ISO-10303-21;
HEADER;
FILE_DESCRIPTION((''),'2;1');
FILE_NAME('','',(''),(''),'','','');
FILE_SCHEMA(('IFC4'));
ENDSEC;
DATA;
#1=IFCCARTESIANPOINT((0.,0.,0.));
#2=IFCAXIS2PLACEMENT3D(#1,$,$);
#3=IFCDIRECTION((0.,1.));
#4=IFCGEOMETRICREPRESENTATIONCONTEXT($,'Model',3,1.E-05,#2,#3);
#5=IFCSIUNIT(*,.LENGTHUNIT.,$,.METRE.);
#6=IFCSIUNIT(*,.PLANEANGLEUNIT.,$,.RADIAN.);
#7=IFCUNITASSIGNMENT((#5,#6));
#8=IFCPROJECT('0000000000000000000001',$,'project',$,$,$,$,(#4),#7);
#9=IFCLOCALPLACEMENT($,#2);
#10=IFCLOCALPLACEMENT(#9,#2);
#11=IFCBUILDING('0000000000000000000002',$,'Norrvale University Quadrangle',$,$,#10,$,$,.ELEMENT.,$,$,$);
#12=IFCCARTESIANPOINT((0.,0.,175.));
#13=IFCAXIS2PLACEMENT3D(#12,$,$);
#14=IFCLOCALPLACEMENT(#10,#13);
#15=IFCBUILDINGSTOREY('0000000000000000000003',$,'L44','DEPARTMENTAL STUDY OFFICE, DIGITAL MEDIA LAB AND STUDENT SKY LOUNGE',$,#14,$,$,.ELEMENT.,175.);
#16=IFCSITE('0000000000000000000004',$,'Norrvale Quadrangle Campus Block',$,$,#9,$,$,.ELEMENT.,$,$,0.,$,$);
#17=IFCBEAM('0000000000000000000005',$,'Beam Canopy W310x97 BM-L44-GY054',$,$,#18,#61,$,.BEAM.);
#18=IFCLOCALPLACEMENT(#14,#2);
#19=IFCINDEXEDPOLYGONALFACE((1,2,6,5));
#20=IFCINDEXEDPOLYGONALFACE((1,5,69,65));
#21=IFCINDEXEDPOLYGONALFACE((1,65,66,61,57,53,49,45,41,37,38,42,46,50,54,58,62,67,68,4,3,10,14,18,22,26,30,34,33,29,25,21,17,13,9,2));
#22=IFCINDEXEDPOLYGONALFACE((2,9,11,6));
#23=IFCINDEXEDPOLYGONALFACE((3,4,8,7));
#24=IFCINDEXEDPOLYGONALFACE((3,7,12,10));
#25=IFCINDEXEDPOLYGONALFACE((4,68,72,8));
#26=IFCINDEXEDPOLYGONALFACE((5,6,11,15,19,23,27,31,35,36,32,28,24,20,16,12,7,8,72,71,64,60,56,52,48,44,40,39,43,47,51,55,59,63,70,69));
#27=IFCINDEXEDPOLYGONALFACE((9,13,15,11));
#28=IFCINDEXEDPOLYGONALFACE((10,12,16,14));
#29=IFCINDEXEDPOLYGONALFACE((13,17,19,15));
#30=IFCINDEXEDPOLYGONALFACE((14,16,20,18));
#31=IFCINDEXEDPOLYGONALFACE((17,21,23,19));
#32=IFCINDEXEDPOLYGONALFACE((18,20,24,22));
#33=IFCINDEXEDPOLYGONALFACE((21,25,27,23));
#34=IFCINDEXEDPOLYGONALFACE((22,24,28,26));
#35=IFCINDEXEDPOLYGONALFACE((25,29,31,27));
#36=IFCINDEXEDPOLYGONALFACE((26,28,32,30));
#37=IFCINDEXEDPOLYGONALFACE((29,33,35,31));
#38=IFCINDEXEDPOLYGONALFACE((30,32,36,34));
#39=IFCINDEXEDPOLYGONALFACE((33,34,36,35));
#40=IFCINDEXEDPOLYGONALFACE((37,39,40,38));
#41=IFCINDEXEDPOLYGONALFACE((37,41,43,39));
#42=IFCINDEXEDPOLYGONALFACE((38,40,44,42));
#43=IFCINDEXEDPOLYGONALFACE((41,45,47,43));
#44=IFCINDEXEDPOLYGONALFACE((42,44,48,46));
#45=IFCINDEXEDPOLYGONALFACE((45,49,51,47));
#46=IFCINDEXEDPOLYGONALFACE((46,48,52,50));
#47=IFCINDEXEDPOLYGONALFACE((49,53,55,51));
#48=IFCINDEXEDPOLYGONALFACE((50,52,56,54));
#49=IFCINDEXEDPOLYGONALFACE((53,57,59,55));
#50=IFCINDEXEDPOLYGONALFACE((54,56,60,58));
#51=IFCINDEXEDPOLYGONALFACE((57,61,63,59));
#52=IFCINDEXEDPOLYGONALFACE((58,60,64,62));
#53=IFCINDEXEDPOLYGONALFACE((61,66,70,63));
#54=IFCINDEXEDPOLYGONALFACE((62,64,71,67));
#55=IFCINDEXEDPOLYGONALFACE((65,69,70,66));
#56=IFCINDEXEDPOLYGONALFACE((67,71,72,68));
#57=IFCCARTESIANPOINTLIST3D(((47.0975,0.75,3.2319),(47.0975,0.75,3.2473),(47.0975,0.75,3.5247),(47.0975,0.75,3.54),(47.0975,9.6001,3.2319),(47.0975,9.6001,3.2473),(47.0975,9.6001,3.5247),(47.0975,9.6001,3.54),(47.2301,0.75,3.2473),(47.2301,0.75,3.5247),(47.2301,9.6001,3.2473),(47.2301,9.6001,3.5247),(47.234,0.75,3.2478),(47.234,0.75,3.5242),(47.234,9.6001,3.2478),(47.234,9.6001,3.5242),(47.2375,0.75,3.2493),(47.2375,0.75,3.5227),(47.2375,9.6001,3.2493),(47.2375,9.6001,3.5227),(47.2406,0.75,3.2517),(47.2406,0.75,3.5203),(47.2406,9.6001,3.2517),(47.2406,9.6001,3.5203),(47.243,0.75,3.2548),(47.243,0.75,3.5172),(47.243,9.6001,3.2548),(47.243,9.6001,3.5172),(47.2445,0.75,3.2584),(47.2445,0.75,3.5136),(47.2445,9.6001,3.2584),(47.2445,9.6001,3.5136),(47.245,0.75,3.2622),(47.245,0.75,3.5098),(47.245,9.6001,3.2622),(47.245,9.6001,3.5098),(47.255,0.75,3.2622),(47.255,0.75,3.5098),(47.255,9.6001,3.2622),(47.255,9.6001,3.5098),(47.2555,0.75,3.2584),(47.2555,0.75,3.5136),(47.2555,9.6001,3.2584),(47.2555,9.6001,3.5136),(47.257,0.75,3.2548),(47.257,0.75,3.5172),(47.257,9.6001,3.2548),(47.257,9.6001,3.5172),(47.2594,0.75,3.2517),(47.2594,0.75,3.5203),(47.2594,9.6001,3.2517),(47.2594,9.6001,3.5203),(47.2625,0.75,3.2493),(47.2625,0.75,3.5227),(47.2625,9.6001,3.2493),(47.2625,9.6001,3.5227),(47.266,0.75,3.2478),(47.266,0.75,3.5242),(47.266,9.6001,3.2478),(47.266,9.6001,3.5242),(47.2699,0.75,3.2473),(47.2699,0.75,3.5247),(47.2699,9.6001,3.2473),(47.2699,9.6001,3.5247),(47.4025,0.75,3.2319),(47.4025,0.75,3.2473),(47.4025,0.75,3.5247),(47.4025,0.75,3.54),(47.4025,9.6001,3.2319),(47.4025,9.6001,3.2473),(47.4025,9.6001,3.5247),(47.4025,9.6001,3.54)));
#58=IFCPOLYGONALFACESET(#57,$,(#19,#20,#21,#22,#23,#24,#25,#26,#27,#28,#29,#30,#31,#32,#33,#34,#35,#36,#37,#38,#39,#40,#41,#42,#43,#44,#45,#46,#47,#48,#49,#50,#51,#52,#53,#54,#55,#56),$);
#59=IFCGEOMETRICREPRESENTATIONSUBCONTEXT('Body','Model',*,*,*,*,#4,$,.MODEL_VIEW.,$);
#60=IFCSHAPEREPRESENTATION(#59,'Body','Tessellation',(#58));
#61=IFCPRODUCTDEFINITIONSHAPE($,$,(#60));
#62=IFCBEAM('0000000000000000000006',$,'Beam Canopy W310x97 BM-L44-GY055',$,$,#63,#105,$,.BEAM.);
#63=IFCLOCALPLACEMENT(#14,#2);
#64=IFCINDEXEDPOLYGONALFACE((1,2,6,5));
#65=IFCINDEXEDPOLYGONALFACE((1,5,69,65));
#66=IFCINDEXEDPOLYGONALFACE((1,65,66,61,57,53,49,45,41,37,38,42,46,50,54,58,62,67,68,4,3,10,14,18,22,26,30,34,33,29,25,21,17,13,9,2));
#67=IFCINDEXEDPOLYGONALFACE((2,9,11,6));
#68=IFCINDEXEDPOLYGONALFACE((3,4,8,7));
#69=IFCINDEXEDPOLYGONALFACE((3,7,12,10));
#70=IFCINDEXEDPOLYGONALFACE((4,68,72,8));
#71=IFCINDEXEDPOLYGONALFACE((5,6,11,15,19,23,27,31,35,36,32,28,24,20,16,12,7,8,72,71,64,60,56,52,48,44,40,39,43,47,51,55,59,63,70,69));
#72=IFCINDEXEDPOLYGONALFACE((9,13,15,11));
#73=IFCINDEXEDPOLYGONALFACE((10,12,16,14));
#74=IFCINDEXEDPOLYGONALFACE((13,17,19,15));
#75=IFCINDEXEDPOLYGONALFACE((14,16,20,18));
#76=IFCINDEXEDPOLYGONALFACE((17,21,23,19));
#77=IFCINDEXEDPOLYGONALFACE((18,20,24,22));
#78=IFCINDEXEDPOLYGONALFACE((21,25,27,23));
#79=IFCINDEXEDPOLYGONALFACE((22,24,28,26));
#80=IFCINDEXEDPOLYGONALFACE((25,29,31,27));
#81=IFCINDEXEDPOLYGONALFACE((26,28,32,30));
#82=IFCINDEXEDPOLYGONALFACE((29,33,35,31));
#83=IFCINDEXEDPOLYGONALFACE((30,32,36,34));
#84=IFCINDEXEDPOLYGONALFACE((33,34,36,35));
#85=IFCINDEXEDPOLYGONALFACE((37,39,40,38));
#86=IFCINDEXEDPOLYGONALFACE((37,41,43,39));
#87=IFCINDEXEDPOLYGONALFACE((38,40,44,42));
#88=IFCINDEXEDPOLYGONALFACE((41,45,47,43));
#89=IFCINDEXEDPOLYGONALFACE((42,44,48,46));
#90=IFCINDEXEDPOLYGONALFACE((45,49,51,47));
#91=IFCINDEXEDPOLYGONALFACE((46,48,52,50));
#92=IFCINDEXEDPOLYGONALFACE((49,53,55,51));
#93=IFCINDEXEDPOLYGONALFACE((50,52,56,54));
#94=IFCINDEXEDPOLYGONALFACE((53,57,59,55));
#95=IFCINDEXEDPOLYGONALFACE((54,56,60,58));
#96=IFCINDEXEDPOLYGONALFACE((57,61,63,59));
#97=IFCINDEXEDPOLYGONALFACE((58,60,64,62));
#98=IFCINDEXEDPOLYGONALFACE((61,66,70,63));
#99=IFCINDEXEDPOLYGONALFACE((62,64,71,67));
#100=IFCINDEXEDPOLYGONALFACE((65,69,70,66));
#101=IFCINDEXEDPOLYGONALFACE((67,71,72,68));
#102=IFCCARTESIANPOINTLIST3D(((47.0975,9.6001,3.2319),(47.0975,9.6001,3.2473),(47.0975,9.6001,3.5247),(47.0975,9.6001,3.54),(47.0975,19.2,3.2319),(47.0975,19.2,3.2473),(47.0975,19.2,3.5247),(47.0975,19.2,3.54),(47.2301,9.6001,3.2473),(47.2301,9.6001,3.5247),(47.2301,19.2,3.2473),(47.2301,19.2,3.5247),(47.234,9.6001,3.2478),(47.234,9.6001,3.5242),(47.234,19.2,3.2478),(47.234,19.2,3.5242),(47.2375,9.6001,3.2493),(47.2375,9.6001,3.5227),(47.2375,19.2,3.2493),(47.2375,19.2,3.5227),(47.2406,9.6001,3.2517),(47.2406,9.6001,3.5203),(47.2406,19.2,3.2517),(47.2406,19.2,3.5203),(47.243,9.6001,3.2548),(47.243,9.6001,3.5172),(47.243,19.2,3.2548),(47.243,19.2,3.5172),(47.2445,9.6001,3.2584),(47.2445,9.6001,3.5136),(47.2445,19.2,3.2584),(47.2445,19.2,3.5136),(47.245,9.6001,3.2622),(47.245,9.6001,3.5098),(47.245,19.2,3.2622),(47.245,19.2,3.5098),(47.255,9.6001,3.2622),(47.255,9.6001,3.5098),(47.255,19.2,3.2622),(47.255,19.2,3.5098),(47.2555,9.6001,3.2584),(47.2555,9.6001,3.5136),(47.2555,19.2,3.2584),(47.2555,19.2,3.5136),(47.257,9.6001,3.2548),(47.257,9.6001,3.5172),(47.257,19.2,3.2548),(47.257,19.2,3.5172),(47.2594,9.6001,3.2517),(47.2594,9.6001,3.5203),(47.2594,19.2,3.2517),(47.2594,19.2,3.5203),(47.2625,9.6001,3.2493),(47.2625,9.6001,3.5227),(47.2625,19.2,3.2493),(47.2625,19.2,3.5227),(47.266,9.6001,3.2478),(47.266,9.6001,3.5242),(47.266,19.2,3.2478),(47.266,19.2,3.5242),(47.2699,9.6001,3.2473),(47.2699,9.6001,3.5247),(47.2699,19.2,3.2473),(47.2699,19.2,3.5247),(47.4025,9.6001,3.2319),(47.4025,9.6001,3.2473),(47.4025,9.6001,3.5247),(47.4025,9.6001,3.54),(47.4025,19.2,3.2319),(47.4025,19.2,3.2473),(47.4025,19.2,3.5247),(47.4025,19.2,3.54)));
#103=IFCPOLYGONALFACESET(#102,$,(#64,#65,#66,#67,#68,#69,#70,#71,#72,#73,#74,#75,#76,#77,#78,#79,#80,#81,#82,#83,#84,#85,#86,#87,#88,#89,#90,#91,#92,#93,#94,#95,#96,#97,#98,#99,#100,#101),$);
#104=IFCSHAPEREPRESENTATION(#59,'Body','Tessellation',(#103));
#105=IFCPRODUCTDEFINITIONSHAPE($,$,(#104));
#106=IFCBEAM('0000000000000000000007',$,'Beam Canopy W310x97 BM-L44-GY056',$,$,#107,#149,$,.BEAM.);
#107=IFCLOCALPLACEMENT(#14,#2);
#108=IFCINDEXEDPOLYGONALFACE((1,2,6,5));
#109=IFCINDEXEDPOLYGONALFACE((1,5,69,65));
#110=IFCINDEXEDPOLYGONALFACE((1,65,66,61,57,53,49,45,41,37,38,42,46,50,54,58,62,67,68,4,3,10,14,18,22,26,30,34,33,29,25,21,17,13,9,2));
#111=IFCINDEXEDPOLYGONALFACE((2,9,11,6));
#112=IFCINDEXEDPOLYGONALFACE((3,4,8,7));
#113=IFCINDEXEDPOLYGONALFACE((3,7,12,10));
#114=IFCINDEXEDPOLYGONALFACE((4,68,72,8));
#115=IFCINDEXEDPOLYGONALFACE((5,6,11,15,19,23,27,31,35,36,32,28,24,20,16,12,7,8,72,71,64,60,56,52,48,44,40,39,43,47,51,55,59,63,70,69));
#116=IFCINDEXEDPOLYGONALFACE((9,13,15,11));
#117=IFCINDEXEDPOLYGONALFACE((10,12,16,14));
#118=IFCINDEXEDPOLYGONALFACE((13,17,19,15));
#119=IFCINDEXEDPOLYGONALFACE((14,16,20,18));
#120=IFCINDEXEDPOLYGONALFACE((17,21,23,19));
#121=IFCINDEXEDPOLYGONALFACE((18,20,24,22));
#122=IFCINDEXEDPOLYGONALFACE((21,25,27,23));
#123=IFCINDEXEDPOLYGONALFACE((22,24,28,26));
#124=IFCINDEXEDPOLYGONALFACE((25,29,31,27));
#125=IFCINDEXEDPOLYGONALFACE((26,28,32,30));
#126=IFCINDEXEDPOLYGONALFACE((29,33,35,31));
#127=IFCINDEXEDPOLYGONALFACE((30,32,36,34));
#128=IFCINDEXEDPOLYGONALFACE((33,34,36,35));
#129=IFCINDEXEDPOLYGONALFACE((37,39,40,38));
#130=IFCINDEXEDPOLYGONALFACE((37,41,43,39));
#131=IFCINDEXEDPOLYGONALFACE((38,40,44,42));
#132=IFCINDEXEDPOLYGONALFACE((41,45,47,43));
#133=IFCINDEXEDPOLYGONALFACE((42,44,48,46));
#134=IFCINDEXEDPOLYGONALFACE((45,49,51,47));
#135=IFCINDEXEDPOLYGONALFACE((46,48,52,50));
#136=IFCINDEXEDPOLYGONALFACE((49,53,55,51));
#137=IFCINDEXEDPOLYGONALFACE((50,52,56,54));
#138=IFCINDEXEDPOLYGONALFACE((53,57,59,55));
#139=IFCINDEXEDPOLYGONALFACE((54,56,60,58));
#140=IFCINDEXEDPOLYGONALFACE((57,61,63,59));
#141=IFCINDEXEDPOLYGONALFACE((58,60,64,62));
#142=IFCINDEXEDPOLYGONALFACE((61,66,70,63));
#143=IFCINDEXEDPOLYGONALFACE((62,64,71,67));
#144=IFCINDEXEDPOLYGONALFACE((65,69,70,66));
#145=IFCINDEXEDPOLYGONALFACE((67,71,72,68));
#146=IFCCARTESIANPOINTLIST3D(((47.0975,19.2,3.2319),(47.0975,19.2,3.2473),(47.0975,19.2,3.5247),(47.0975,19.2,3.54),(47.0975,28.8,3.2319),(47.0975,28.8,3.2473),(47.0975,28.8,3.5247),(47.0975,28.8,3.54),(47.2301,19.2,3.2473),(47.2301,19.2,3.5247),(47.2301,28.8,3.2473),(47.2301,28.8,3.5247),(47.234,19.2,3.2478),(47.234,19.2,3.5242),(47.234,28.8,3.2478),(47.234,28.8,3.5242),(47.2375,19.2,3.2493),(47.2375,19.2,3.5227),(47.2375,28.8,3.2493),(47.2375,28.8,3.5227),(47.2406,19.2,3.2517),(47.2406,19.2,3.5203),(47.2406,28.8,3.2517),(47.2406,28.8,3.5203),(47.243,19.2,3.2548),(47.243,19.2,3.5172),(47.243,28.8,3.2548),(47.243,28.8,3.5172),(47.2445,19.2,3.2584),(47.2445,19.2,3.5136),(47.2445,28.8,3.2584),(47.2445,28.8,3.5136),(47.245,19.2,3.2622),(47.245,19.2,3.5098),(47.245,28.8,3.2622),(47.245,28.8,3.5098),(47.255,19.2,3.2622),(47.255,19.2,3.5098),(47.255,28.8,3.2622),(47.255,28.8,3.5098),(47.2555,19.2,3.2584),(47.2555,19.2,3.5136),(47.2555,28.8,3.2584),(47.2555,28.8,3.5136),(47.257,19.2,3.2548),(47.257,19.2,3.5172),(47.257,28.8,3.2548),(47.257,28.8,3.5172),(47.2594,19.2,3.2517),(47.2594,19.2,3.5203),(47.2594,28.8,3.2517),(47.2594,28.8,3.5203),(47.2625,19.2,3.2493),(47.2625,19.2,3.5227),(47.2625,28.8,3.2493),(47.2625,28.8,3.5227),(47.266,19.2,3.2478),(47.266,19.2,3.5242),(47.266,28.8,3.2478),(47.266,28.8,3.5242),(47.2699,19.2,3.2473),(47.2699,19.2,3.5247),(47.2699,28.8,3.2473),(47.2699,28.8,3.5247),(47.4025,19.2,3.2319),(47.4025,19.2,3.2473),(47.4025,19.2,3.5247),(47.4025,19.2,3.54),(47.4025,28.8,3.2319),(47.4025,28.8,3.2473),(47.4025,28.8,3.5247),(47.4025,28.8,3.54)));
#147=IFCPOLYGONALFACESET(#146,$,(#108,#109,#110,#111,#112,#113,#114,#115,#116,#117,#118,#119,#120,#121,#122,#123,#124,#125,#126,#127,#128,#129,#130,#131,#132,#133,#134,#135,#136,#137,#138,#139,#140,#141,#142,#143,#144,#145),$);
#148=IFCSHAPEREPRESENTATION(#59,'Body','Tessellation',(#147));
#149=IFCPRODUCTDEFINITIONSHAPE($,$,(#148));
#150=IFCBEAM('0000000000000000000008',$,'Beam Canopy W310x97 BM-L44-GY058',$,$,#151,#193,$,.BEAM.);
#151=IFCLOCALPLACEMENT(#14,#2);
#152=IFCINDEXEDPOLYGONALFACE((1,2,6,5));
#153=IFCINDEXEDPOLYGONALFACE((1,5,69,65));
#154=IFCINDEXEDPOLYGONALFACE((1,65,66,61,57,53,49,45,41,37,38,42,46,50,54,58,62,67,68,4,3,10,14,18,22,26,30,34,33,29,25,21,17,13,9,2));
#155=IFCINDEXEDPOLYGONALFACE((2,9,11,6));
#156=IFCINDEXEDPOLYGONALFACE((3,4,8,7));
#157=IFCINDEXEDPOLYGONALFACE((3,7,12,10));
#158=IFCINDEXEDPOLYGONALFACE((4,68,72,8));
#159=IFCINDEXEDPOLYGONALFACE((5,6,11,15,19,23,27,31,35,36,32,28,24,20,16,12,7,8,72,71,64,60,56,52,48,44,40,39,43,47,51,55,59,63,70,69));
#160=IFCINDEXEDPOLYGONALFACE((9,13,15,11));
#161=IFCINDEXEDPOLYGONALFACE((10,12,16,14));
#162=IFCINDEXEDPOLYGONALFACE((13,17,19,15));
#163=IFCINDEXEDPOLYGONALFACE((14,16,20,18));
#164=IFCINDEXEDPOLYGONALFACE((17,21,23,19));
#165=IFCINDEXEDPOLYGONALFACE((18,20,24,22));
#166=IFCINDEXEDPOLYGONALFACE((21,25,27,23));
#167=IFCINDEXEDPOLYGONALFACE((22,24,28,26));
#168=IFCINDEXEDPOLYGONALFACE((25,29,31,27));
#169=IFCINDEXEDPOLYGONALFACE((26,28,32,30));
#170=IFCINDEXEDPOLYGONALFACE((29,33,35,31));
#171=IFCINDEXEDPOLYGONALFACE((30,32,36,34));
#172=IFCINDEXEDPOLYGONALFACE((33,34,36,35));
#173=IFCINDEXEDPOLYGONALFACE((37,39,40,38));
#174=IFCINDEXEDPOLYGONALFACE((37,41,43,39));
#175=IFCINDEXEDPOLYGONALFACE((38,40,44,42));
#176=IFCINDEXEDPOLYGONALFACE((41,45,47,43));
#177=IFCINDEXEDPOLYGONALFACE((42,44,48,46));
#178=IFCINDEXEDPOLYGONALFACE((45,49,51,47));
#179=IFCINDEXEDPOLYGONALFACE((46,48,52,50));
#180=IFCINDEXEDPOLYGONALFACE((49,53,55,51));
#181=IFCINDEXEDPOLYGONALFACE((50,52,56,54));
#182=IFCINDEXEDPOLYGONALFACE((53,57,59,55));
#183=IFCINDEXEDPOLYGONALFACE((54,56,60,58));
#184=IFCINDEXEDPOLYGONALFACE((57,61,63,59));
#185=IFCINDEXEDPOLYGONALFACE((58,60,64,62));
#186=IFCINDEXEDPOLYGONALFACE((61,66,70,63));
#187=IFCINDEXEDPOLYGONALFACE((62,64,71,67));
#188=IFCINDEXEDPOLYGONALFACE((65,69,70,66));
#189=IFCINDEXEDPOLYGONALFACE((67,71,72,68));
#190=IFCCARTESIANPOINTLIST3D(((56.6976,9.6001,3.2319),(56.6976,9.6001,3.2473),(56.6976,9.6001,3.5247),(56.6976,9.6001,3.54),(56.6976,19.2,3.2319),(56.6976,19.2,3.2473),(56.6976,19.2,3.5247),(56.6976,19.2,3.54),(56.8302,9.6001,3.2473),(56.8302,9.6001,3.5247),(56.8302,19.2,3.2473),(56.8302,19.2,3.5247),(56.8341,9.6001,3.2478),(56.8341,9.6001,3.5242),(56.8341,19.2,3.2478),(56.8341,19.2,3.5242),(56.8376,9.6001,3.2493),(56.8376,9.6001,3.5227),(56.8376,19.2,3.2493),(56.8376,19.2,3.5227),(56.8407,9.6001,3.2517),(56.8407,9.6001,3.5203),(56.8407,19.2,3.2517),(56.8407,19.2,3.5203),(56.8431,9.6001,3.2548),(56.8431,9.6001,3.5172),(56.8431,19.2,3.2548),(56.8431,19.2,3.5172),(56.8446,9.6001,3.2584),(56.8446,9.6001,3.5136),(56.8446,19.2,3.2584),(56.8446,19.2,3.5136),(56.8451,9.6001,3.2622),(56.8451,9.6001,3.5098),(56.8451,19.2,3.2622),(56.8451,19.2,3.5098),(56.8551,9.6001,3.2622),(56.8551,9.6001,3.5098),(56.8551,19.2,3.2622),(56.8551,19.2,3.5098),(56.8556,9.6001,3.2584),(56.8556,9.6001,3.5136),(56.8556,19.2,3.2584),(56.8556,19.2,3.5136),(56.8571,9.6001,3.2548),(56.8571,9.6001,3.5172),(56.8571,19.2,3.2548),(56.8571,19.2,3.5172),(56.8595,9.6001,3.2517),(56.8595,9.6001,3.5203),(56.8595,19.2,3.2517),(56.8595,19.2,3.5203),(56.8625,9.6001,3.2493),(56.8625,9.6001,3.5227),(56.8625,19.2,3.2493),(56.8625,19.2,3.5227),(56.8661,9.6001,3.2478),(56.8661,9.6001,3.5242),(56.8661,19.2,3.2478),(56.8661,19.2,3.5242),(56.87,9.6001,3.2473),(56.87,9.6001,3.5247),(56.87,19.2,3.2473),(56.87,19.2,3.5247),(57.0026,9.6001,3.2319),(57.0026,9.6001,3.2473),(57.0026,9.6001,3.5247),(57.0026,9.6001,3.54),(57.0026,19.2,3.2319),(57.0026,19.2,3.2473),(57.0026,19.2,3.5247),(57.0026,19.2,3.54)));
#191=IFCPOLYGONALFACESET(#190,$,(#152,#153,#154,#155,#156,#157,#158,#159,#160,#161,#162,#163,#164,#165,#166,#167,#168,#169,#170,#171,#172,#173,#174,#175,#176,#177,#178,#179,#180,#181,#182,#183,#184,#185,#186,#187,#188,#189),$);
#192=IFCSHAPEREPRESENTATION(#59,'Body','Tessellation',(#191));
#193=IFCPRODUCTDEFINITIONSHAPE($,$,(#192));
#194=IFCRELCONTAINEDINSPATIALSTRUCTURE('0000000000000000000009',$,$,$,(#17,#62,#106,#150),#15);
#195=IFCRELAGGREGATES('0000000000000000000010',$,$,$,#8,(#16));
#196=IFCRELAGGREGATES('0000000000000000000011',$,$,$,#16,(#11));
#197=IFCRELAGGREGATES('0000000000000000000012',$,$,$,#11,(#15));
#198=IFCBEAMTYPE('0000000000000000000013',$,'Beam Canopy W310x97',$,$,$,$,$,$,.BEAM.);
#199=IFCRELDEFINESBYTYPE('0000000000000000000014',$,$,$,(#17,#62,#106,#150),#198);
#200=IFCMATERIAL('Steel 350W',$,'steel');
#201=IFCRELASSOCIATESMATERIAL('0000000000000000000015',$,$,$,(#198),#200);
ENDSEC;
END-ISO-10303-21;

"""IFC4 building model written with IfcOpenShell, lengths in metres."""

from ifc_helpers import new_model, si_unit, direction, frame, origin, origin_2d, place, context, subcontext, project, spatial, i_section, extrude, material, material_profile, profile_set, type_object, element, save


model = new_model("IFC4")

# Units and contexts
model_context = context("Model", 3, precision=1e-05, world=origin(), true_north=direction((0.0, 1.0)))
body_context = subcontext(model_context, "Body", "Model", "MODEL_VIEW")
ifc_project = project(units=[si_unit("LENGTHUNIT", "METRE"), si_unit("PLANEANGLEUNIT", "RADIAN")], contexts=[model_context])

# Site, building, storey
site_placement = place(None, origin())
site = spatial("IfcSite", under=ifc_project, at=site_placement, Name="Norrvale Quadrangle Campus Block", CompositionType="ELEMENT", RefElevation=0.0)
building_placement = place(site_placement, origin())
building = spatial("IfcBuilding", under=site, at=building_placement, Name="Norrvale University Quadrangle", CompositionType="ELEMENT")
storey_placement = place(building_placement, frame((0.0, 0.0, 175.0)))
storey = spatial("IfcBuildingStorey", under=building, at=storey_placement, Name="L44", Description="DEPARTMENTAL STUDY OFFICE, DIGITAL MEDIA LAB AND STUDENT SKY LOUNGE", CompositionType="ELEMENT", Elevation=175.0)

# Beams
ifc_material_1 = material(Name="Steel 350W", Category="steel")
ifc_material_profile_1 = material_profile(ifc_material_1, i_section(OverallWidth=0.3049, OverallDepth=0.3081, WebThickness=0.01, FlangeThickness=0.0154, FilletRadius=0.0149, at=origin_2d()), Name="Steel 350W")
ifc_profile_set_1 = profile_set([ifc_material_profile_1], Name="Steel 350W")
beam_type_1 = type_object("IfcBeamType", Name="Beam Canopy W310x97", PredefinedType="BEAM", material=ifc_profile_set_1)
beam_1_placement = place(storey_placement, frame((47.25, 0.75, 3.386), z_axis=(0.0, 1.0, 0.0), x_axis=(-1.0, 0.0, 0.0)))
element("IfcBeam", 1, at=beam_1_placement, inside=storey, type_object=beam_type_1, Name="Beam Canopy W310x97 BM-L44-GY054", PredefinedType="BEAM", context=body_context, shape_type="SweptSolid", body=[
    extrude(i_section(OverallWidth=0.3049, OverallDepth=0.3081, WebThickness=0.01, FlangeThickness=0.0154, FilletRadius=0.0149, at=origin_2d()), origin(), (0.0, 0.0, 1.0), 8.8501),
])
beam_2_placement = place(storey_placement, frame((47.25, 9.6001, 3.386), z_axis=(0.0, 1.0, 0.0), x_axis=(-1.0, 0.0, 0.0)))
element("IfcBeam", 2, at=beam_2_placement, inside=storey, type_object=beam_type_1, Name="Beam Canopy W310x97 BM-L44-GY055", PredefinedType="BEAM", context=body_context, shape_type="SweptSolid", body=[
    extrude(i_section(OverallWidth=0.3049, OverallDepth=0.3081, WebThickness=0.01, FlangeThickness=0.0154, FilletRadius=0.0149, at=origin_2d()), origin(), (0.0, 0.0, 1.0), 9.5999),
])
beam_3_placement = place(storey_placement, frame((47.25, 19.2, 3.386), z_axis=(0.0, 1.0, 0.0), x_axis=(-1.0, 0.0, 0.0)))
element("IfcBeam", 3, at=beam_3_placement, inside=storey, type_object=beam_type_1, Name="Beam Canopy W310x97 BM-L44-GY056", PredefinedType="BEAM", context=body_context, shape_type="SweptSolid", body=[
    extrude(i_section(OverallWidth=0.3049, OverallDepth=0.3081, WebThickness=0.01, FlangeThickness=0.0154, FilletRadius=0.0149, at=origin_2d()), origin(), (0.0, 0.0, 1.0), 9.6001),
])
beam_4_placement = place(storey_placement, frame((56.8501, 9.6001, 3.386), z_axis=(0.0, 1.0, 0.0), x_axis=(-1.0, 0.0, 0.0)))
element("IfcBeam", 4, at=beam_4_placement, inside=storey, type_object=beam_type_1, Name="Beam Canopy W310x97 BM-L44-GY058", PredefinedType="BEAM", context=body_context, shape_type="SweptSolid", body=[
    extrude(i_section(OverallWidth=0.3049, OverallDepth=0.3081, WebThickness=0.01, FlangeThickness=0.0154, FilletRadius=0.0149, at=origin_2d()), origin(), (0.0, 0.0, 1.0), 9.5999),
])

save(model, "model.ifc")
